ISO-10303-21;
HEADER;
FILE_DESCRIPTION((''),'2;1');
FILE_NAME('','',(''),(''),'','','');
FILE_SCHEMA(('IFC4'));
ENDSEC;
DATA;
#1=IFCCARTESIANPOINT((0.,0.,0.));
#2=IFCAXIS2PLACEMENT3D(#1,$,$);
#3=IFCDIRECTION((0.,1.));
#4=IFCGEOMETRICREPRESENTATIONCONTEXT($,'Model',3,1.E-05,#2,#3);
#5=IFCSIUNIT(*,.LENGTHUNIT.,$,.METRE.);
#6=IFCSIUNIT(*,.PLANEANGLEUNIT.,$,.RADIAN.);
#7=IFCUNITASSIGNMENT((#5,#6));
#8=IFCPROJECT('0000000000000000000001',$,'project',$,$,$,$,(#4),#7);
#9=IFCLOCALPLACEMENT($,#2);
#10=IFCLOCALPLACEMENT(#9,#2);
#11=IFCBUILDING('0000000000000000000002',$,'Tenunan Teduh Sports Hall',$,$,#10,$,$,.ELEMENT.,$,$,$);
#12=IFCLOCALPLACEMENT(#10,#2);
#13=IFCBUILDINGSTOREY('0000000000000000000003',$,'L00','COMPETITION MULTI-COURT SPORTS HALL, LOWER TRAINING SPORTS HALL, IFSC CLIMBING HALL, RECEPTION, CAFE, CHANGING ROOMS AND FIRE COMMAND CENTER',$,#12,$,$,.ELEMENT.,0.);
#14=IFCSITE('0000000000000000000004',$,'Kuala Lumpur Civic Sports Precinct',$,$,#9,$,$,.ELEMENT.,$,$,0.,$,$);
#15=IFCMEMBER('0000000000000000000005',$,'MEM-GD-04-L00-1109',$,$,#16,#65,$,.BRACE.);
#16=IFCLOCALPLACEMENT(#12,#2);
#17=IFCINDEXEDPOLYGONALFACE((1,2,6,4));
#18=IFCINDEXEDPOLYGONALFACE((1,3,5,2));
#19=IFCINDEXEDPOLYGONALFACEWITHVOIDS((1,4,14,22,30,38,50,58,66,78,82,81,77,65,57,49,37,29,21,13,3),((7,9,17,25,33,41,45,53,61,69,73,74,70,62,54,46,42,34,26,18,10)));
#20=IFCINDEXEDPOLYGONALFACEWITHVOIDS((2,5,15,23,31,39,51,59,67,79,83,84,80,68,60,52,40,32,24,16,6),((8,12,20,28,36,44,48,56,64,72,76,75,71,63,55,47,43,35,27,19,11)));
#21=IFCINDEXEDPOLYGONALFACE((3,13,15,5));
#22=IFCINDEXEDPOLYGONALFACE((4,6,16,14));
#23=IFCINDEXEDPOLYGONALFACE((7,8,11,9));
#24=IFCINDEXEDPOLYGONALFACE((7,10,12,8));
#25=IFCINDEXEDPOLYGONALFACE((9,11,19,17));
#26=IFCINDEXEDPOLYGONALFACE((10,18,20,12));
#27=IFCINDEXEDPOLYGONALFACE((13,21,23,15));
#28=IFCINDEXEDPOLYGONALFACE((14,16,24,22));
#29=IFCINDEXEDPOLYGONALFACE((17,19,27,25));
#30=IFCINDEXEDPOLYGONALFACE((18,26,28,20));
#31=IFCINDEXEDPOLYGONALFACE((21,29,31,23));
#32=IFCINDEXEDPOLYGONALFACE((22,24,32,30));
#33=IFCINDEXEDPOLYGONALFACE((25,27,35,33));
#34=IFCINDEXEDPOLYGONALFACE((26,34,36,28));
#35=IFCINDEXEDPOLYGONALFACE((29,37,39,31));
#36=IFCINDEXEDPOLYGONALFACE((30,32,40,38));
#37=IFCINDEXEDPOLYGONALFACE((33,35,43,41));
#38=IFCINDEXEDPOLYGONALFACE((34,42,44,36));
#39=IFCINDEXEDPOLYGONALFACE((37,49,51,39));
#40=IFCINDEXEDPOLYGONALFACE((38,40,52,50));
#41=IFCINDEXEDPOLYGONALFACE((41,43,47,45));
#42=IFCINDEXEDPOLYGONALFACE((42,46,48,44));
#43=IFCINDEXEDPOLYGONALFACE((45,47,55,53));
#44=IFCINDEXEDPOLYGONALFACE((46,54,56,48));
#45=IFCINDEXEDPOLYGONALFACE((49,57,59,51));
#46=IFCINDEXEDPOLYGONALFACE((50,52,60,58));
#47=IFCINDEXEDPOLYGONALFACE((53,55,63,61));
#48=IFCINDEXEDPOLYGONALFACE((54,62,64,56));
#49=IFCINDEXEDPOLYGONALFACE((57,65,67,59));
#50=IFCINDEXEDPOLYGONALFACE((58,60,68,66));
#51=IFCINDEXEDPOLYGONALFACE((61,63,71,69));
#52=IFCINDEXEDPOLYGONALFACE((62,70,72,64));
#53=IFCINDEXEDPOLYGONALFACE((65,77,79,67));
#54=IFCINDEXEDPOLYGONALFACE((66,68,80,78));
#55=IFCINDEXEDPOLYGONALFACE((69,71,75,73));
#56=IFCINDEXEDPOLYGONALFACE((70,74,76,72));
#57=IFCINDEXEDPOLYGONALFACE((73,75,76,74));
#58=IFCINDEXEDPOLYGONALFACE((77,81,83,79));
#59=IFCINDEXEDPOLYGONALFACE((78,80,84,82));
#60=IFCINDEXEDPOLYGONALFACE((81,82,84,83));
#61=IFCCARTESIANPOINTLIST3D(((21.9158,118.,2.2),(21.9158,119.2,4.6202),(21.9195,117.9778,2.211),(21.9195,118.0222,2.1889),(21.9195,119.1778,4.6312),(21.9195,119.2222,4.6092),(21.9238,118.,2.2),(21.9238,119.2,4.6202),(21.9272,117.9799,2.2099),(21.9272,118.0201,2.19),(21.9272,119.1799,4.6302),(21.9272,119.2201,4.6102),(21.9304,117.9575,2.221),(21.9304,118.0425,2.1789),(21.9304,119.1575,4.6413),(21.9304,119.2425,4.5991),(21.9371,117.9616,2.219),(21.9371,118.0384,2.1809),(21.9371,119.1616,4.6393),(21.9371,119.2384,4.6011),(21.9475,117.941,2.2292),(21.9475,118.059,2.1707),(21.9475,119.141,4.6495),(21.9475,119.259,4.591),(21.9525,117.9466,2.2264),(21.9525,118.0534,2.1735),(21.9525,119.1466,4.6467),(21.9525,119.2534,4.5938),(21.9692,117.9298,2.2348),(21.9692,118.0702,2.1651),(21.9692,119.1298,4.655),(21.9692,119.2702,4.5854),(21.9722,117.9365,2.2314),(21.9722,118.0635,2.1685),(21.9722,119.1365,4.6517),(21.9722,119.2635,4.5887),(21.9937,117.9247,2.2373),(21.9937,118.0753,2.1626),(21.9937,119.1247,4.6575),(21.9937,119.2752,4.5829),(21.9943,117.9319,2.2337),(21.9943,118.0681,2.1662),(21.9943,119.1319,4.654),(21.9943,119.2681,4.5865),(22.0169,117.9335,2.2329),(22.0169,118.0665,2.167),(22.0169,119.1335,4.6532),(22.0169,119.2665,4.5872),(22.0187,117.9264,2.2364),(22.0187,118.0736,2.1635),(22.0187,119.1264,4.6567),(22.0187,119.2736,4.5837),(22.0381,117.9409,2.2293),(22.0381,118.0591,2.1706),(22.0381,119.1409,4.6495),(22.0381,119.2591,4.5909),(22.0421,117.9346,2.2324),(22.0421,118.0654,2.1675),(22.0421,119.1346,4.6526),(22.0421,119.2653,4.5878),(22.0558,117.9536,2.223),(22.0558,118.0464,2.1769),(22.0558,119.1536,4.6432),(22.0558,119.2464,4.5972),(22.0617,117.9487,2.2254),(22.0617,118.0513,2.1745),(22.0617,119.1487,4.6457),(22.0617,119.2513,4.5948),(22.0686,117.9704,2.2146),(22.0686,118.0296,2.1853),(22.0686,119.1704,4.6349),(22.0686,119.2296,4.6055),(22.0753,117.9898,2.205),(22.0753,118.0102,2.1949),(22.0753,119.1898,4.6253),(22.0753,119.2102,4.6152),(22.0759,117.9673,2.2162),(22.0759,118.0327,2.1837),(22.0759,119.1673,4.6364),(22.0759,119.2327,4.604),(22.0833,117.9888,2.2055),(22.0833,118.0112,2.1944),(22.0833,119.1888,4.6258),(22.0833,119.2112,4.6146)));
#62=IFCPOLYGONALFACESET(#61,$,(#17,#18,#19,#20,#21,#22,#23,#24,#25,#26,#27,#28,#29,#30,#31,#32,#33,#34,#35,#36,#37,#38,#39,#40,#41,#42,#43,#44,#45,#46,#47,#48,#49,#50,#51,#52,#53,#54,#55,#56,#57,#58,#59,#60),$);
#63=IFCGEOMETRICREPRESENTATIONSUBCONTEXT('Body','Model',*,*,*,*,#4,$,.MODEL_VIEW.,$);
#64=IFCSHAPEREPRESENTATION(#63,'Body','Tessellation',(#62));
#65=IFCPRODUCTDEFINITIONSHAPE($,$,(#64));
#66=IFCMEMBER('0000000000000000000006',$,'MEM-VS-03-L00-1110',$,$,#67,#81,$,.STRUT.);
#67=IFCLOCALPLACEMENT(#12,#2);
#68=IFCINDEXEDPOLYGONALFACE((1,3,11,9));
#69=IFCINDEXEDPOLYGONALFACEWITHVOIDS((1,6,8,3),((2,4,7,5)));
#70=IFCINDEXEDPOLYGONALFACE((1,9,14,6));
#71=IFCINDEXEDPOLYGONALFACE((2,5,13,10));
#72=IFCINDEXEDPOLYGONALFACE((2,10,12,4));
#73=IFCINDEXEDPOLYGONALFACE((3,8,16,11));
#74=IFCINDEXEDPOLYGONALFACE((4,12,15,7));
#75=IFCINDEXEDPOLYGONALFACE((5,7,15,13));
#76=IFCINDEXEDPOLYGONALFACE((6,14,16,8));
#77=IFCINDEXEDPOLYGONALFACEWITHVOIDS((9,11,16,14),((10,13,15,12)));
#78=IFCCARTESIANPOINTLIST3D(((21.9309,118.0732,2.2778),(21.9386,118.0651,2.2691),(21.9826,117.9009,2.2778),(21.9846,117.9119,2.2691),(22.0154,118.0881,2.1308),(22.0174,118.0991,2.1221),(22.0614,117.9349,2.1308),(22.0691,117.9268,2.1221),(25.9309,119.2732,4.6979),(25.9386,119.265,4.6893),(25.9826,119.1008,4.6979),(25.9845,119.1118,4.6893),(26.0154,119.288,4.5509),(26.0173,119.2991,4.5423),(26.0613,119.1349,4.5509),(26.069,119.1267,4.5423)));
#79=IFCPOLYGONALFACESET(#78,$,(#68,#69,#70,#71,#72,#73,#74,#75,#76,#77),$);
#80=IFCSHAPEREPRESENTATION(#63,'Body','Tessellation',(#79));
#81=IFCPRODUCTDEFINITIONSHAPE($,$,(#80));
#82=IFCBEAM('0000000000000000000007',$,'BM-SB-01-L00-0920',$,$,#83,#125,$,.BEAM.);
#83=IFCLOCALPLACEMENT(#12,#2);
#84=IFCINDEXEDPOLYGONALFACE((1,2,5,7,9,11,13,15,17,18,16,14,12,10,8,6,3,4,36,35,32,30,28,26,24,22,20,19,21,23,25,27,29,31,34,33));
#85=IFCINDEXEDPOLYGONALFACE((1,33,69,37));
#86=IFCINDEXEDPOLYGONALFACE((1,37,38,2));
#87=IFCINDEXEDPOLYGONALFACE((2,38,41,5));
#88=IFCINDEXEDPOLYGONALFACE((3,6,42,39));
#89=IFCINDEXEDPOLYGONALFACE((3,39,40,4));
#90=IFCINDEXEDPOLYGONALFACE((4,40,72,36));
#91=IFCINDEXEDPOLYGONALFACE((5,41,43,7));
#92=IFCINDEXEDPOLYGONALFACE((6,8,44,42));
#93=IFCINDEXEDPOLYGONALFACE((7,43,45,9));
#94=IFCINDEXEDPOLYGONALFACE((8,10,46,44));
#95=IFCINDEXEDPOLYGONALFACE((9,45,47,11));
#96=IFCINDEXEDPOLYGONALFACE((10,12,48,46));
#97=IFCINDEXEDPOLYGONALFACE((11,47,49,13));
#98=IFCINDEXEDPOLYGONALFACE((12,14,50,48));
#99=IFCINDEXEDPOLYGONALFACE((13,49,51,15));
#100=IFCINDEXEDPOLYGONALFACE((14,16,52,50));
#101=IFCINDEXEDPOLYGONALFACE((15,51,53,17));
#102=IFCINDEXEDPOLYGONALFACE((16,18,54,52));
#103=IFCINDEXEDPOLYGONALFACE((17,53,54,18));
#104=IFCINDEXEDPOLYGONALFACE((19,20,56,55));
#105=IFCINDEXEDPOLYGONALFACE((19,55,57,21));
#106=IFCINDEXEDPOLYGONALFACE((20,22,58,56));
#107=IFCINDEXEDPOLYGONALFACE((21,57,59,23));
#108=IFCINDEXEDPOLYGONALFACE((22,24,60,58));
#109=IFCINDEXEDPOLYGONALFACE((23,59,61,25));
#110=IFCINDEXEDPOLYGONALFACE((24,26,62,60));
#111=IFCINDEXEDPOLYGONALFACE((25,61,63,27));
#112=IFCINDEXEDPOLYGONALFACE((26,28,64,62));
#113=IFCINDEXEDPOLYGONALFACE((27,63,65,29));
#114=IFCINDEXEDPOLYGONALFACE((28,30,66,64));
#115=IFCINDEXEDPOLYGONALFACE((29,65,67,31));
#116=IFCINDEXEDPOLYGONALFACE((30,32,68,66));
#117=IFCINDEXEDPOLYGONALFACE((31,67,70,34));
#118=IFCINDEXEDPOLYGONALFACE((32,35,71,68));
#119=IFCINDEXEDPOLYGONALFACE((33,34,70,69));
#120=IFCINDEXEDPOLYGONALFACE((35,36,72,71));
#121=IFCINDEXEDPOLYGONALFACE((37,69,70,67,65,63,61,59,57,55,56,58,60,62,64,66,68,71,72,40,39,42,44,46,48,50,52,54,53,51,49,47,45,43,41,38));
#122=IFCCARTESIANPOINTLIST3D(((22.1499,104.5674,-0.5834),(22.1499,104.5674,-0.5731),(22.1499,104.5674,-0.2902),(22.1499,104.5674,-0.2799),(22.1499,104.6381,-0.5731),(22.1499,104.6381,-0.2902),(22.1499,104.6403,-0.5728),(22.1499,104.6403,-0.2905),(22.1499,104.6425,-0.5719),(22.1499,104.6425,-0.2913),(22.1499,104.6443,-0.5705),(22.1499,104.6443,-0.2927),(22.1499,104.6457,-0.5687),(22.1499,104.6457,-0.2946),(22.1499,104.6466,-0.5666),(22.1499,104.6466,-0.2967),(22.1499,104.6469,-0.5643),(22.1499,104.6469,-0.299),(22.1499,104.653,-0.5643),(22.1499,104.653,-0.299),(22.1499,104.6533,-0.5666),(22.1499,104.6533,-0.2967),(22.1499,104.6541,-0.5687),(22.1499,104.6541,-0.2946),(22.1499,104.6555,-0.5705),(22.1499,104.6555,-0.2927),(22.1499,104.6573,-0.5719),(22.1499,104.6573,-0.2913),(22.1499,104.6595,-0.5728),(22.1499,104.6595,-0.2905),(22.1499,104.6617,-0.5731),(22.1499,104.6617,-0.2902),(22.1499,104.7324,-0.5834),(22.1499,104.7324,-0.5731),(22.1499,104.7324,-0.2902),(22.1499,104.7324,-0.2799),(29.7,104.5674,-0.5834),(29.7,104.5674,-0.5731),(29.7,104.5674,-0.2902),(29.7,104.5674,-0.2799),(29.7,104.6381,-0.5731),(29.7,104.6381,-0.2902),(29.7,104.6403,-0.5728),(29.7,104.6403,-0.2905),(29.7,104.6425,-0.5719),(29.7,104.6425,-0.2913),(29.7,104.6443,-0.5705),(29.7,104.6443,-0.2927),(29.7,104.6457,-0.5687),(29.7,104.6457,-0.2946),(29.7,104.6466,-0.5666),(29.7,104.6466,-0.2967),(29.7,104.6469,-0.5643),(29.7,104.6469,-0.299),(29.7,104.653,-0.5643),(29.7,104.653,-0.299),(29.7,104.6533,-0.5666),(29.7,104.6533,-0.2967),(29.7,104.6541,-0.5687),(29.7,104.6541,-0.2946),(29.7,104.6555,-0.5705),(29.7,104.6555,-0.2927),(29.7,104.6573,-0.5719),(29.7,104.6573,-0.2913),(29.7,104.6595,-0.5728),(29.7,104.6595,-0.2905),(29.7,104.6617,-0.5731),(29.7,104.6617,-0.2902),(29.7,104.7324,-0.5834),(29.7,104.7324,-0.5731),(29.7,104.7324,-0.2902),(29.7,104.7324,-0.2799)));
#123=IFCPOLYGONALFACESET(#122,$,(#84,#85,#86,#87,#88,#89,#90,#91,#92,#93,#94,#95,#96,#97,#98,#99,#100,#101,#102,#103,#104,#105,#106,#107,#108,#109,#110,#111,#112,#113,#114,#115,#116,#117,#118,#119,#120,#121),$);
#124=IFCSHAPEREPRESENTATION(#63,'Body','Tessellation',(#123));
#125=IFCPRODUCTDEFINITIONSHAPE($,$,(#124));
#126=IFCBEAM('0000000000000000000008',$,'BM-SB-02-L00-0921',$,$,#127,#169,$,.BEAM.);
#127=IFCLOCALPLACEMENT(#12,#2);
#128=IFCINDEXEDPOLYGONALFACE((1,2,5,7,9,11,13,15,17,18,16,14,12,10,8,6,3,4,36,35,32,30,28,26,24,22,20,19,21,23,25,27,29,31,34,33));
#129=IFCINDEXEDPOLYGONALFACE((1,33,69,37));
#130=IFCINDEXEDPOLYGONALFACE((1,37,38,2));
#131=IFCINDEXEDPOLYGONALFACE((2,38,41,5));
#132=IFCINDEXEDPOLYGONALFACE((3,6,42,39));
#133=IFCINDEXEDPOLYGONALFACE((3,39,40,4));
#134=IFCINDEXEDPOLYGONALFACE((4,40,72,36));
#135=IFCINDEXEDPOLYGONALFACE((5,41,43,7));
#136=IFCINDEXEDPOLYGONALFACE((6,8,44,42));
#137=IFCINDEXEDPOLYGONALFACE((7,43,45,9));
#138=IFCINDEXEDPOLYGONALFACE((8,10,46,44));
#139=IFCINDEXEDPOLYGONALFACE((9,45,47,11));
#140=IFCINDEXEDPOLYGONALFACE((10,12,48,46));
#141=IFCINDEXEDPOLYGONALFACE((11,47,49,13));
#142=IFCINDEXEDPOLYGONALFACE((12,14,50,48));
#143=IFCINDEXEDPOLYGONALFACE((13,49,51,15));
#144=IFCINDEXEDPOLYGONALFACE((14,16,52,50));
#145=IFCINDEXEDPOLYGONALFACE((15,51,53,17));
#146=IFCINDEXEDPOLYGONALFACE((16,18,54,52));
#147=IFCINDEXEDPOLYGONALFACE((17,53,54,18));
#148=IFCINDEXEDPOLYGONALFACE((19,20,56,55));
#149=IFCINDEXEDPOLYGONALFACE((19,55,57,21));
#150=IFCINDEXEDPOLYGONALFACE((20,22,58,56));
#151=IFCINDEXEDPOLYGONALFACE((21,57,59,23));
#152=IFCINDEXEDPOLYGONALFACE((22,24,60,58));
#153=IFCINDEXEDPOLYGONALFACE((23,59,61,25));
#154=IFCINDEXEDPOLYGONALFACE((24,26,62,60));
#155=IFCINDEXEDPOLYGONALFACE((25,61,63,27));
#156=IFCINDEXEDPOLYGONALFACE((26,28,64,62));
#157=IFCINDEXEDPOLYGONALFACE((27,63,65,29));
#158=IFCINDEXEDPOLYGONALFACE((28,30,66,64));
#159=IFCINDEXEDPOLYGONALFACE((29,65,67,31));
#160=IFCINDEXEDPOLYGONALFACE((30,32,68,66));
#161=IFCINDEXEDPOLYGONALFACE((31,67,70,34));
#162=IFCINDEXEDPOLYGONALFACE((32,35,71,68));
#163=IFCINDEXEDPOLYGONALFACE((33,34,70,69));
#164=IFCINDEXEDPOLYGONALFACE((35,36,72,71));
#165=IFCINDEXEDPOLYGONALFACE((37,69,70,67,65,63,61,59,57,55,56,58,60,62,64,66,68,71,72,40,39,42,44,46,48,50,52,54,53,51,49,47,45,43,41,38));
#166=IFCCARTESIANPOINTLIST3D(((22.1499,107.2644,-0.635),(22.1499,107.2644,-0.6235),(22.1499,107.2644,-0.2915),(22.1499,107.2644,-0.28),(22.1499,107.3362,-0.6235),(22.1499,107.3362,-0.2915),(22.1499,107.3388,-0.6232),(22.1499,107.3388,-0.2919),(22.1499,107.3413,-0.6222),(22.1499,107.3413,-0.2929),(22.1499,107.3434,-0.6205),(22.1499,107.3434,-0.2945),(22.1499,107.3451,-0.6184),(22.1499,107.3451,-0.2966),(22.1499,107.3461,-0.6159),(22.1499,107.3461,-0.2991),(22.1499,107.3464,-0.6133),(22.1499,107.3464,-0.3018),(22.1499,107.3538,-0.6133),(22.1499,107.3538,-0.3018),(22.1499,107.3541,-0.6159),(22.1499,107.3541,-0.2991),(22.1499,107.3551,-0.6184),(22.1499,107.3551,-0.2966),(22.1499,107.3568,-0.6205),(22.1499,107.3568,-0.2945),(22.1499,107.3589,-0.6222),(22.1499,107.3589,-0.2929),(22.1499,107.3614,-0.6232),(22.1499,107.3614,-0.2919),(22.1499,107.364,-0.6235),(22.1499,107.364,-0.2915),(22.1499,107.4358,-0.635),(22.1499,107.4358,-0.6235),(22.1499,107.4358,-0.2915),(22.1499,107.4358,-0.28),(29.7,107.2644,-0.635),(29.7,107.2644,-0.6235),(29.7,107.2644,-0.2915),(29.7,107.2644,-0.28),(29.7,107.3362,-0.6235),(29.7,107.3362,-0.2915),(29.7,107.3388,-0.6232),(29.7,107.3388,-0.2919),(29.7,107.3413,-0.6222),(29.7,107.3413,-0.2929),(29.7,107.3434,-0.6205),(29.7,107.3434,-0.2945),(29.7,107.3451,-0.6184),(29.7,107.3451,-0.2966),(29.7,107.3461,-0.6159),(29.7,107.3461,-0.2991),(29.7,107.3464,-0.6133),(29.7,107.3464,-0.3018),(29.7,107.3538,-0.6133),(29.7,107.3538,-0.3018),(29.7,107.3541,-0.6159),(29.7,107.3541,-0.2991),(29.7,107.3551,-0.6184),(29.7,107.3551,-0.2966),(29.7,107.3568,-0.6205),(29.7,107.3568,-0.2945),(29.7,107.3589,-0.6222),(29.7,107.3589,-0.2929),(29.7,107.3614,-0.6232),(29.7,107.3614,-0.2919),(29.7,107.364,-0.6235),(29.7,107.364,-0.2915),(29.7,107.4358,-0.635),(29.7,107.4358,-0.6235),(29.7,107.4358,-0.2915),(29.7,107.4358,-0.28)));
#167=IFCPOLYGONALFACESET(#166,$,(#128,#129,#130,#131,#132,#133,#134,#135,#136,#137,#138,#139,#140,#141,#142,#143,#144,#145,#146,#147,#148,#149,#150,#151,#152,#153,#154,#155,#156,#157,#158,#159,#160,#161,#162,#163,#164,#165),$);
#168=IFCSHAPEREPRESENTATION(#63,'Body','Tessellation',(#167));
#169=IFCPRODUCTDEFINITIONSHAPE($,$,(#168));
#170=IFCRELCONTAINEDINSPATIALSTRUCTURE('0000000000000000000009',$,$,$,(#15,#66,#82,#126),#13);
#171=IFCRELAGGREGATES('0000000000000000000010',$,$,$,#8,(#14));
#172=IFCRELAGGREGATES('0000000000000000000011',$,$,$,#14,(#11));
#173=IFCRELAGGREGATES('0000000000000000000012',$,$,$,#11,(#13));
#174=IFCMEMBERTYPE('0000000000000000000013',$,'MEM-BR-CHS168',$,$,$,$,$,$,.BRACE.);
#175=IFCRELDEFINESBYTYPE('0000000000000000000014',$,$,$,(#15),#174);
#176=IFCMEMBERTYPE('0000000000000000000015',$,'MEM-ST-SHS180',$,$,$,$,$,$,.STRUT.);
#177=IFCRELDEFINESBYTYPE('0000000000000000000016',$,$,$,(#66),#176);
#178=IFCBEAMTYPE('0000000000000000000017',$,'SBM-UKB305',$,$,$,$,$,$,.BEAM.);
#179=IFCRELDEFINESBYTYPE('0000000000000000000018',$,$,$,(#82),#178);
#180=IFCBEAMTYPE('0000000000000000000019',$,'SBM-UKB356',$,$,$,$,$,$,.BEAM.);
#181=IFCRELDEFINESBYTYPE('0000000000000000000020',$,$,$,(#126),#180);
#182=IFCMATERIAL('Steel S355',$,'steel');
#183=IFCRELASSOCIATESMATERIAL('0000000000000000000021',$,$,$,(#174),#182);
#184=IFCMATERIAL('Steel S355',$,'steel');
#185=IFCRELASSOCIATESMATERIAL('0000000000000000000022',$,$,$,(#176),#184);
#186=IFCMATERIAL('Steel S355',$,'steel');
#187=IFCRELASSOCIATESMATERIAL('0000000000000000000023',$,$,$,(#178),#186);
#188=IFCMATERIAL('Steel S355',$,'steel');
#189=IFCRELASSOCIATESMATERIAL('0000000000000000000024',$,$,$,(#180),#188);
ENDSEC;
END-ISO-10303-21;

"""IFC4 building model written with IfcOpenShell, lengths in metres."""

from ifc_helpers import new_model, si_unit, direction, frame, origin, origin_2d, place, context, subcontext, project, spatial, hollow_rectangle, hollow_circle, i_section, extrude, material, material_profile, profile_set, type_object, element, save


model = new_model("IFC4")

# Units and contexts
model_context = context("Model", 3, precision=1e-05, world=origin(), true_north=direction((0.0, 1.0)))
body_context = subcontext(model_context, "Body", "Model", "MODEL_VIEW")
ifc_project = project(units=[si_unit("LENGTHUNIT", "METRE"), si_unit("PLANEANGLEUNIT", "RADIAN")], contexts=[model_context])

# Site, building, storey
site_placement = place(None, origin())
site = spatial("IfcSite", under=ifc_project, at=site_placement, Name="Kuala Lumpur Civic Sports Precinct", CompositionType="ELEMENT", RefElevation=0.0)
building_placement = place(site_placement, origin())
building = spatial("IfcBuilding", under=site, at=building_placement, Name="Tenunan Teduh Sports Hall", CompositionType="ELEMENT")
storey_placement = place(building_placement, origin())
storey = spatial("IfcBuildingStorey", under=building, at=storey_placement, Name="L00", Description="COMPETITION MULTI-COURT SPORTS HALL, LOWER TRAINING SPORTS HALL, IFSC CLIMBING HALL, RECEPTION, CAFE, CHANGING ROOMS AND FIRE COMMAND CENTER", CompositionType="ELEMENT", Elevation=0.0)

# Members
ifc_material_1 = material(Name="Steel S355", Category="steel")
ifc_material_profile_1 = material_profile(ifc_material_1, hollow_circle(Radius=0.0842, WallThickness=0.0081, at=origin_2d()), Name="CHS 168.3x8.0")
ifc_profile_set_1 = profile_set([ifc_material_profile_1], Name="Steel S355")
member_type_1 = type_object("IfcMemberType", Name="MEM-BR-CHS168", PredefinedType="BRACE", material=ifc_profile_set_1)
member_1_placement = place(storey_placement, frame((22.0, 118.0, 2.2), z_axis=(0.0, 0.444211, 0.895922), x_axis=(-1.0, 0.0, 0.0)))
element("IfcMember", 1, at=member_1_placement, inside=storey, type_object=member_type_1, Name="MEM-GD-04-L00-1109", PredefinedType="BRACE", context=body_context, shape_type="SweptSolid", body=[
    extrude(hollow_circle(Radius=0.0842, WallThickness=0.0081, at=origin_2d()), origin(), (0.0, 0.0, 1.0), 2.7014),
])
ifc_material_2 = material(Name="Steel S355", Category="steel")
ifc_material_profile_2 = material_profile(ifc_material_2, hollow_rectangle(XDim=0.1799, YDim=0.1799, WallThickness=0.01, at=origin_2d()), Name="SHS 180x180x10.0")
ifc_profile_set_2 = profile_set([ifc_material_profile_2], Name="Steel S355")
member_type_2 = type_object("IfcMemberType", Name="MEM-ST-SHS180", PredefinedType="STRUT", material=ifc_profile_set_2)
member_2_placement = place(storey_placement, frame((22.0, 118.0, 2.2), z_axis=(0.828723, 0.248607, 0.501412), x_axis=(-0.287337, 0.95783, 0.0)))
element("IfcMember", 2, at=member_2_placement, inside=storey, type_object=member_type_2, Name="MEM-VS-03-L00-1110", PredefinedType="STRUT", context=body_context, shape_type="SweptSolid", body=[
    extrude(hollow_rectangle(XDim=0.1799, YDim=0.1799, WallThickness=0.01, at=origin_2d()), origin(), (0.0, 0.0, 1.0), 4.8267),
])

# Beams
ifc_material_3 = material(Name="Steel S355", Category="steel")
ifc_material_profile_3 = material_profile(ifc_material_3, i_section(OverallWidth=0.165, OverallDepth=0.3035, WebThickness=0.0061, FlangeThickness=0.0103, FilletRadius=0.0088, at=origin_2d()), Name="UKB 305x165x40")
ifc_profile_set_3 = profile_set([ifc_material_profile_3], Name="Steel S355")
beam_type_1 = type_object("IfcBeamType", Name="SBM-UKB305", PredefinedType="BEAM", material=ifc_profile_set_3)
beam_1_placement = place(storey_placement, frame((22.1499, 104.6499, -0.4316), z_axis=(1.0, 0.0, 0.0), x_axis=(0.0, 1.0, 0.0)))
element("IfcBeam", 3, at=beam_1_placement, inside=storey, type_object=beam_type_1, Name="BM-SB-01-L00-0920", PredefinedType="BEAM", context=body_context, shape_type="SweptSolid", body=[
    extrude(i_section(OverallWidth=0.165, OverallDepth=0.3035, WebThickness=0.0061, FlangeThickness=0.0103, FilletRadius=0.0088, at=origin_2d()), origin(), (0.0, 0.0, 1.0), 7.55),
])
ifc_material_4 = material(Name="Steel S355", Category="steel")
ifc_material_profile_4 = material_profile(ifc_material_4, i_section(OverallWidth=0.1714, OverallDepth=0.355, WebThickness=0.0073, FlangeThickness=0.0115, FilletRadius=0.0103, at=origin_2d()), Name="UKB 356x171x51")
ifc_profile_set_4 = profile_set([ifc_material_profile_4], Name="Steel S355")
beam_type_2 = type_object("IfcBeamType", Name="SBM-UKB356", PredefinedType="BEAM", material=ifc_profile_set_4)
beam_2_placement = place(storey_placement, frame((22.1499, 107.3501, -0.4575), z_axis=(1.0, 0.0, 0.0), x_axis=(0.0, 1.0, 0.0)))
element("IfcBeam", 4, at=beam_2_placement, inside=storey, type_object=beam_type_2, Name="BM-SB-02-L00-0921", PredefinedType="BEAM", context=body_context, shape_type="SweptSolid", body=[
    extrude(i_section(OverallWidth=0.1714, OverallDepth=0.355, WebThickness=0.0073, FlangeThickness=0.0115, FilletRadius=0.0103, at=origin_2d()), origin(), (0.0, 0.0, 1.0), 7.55),
])

save(model, "model.ifc")
